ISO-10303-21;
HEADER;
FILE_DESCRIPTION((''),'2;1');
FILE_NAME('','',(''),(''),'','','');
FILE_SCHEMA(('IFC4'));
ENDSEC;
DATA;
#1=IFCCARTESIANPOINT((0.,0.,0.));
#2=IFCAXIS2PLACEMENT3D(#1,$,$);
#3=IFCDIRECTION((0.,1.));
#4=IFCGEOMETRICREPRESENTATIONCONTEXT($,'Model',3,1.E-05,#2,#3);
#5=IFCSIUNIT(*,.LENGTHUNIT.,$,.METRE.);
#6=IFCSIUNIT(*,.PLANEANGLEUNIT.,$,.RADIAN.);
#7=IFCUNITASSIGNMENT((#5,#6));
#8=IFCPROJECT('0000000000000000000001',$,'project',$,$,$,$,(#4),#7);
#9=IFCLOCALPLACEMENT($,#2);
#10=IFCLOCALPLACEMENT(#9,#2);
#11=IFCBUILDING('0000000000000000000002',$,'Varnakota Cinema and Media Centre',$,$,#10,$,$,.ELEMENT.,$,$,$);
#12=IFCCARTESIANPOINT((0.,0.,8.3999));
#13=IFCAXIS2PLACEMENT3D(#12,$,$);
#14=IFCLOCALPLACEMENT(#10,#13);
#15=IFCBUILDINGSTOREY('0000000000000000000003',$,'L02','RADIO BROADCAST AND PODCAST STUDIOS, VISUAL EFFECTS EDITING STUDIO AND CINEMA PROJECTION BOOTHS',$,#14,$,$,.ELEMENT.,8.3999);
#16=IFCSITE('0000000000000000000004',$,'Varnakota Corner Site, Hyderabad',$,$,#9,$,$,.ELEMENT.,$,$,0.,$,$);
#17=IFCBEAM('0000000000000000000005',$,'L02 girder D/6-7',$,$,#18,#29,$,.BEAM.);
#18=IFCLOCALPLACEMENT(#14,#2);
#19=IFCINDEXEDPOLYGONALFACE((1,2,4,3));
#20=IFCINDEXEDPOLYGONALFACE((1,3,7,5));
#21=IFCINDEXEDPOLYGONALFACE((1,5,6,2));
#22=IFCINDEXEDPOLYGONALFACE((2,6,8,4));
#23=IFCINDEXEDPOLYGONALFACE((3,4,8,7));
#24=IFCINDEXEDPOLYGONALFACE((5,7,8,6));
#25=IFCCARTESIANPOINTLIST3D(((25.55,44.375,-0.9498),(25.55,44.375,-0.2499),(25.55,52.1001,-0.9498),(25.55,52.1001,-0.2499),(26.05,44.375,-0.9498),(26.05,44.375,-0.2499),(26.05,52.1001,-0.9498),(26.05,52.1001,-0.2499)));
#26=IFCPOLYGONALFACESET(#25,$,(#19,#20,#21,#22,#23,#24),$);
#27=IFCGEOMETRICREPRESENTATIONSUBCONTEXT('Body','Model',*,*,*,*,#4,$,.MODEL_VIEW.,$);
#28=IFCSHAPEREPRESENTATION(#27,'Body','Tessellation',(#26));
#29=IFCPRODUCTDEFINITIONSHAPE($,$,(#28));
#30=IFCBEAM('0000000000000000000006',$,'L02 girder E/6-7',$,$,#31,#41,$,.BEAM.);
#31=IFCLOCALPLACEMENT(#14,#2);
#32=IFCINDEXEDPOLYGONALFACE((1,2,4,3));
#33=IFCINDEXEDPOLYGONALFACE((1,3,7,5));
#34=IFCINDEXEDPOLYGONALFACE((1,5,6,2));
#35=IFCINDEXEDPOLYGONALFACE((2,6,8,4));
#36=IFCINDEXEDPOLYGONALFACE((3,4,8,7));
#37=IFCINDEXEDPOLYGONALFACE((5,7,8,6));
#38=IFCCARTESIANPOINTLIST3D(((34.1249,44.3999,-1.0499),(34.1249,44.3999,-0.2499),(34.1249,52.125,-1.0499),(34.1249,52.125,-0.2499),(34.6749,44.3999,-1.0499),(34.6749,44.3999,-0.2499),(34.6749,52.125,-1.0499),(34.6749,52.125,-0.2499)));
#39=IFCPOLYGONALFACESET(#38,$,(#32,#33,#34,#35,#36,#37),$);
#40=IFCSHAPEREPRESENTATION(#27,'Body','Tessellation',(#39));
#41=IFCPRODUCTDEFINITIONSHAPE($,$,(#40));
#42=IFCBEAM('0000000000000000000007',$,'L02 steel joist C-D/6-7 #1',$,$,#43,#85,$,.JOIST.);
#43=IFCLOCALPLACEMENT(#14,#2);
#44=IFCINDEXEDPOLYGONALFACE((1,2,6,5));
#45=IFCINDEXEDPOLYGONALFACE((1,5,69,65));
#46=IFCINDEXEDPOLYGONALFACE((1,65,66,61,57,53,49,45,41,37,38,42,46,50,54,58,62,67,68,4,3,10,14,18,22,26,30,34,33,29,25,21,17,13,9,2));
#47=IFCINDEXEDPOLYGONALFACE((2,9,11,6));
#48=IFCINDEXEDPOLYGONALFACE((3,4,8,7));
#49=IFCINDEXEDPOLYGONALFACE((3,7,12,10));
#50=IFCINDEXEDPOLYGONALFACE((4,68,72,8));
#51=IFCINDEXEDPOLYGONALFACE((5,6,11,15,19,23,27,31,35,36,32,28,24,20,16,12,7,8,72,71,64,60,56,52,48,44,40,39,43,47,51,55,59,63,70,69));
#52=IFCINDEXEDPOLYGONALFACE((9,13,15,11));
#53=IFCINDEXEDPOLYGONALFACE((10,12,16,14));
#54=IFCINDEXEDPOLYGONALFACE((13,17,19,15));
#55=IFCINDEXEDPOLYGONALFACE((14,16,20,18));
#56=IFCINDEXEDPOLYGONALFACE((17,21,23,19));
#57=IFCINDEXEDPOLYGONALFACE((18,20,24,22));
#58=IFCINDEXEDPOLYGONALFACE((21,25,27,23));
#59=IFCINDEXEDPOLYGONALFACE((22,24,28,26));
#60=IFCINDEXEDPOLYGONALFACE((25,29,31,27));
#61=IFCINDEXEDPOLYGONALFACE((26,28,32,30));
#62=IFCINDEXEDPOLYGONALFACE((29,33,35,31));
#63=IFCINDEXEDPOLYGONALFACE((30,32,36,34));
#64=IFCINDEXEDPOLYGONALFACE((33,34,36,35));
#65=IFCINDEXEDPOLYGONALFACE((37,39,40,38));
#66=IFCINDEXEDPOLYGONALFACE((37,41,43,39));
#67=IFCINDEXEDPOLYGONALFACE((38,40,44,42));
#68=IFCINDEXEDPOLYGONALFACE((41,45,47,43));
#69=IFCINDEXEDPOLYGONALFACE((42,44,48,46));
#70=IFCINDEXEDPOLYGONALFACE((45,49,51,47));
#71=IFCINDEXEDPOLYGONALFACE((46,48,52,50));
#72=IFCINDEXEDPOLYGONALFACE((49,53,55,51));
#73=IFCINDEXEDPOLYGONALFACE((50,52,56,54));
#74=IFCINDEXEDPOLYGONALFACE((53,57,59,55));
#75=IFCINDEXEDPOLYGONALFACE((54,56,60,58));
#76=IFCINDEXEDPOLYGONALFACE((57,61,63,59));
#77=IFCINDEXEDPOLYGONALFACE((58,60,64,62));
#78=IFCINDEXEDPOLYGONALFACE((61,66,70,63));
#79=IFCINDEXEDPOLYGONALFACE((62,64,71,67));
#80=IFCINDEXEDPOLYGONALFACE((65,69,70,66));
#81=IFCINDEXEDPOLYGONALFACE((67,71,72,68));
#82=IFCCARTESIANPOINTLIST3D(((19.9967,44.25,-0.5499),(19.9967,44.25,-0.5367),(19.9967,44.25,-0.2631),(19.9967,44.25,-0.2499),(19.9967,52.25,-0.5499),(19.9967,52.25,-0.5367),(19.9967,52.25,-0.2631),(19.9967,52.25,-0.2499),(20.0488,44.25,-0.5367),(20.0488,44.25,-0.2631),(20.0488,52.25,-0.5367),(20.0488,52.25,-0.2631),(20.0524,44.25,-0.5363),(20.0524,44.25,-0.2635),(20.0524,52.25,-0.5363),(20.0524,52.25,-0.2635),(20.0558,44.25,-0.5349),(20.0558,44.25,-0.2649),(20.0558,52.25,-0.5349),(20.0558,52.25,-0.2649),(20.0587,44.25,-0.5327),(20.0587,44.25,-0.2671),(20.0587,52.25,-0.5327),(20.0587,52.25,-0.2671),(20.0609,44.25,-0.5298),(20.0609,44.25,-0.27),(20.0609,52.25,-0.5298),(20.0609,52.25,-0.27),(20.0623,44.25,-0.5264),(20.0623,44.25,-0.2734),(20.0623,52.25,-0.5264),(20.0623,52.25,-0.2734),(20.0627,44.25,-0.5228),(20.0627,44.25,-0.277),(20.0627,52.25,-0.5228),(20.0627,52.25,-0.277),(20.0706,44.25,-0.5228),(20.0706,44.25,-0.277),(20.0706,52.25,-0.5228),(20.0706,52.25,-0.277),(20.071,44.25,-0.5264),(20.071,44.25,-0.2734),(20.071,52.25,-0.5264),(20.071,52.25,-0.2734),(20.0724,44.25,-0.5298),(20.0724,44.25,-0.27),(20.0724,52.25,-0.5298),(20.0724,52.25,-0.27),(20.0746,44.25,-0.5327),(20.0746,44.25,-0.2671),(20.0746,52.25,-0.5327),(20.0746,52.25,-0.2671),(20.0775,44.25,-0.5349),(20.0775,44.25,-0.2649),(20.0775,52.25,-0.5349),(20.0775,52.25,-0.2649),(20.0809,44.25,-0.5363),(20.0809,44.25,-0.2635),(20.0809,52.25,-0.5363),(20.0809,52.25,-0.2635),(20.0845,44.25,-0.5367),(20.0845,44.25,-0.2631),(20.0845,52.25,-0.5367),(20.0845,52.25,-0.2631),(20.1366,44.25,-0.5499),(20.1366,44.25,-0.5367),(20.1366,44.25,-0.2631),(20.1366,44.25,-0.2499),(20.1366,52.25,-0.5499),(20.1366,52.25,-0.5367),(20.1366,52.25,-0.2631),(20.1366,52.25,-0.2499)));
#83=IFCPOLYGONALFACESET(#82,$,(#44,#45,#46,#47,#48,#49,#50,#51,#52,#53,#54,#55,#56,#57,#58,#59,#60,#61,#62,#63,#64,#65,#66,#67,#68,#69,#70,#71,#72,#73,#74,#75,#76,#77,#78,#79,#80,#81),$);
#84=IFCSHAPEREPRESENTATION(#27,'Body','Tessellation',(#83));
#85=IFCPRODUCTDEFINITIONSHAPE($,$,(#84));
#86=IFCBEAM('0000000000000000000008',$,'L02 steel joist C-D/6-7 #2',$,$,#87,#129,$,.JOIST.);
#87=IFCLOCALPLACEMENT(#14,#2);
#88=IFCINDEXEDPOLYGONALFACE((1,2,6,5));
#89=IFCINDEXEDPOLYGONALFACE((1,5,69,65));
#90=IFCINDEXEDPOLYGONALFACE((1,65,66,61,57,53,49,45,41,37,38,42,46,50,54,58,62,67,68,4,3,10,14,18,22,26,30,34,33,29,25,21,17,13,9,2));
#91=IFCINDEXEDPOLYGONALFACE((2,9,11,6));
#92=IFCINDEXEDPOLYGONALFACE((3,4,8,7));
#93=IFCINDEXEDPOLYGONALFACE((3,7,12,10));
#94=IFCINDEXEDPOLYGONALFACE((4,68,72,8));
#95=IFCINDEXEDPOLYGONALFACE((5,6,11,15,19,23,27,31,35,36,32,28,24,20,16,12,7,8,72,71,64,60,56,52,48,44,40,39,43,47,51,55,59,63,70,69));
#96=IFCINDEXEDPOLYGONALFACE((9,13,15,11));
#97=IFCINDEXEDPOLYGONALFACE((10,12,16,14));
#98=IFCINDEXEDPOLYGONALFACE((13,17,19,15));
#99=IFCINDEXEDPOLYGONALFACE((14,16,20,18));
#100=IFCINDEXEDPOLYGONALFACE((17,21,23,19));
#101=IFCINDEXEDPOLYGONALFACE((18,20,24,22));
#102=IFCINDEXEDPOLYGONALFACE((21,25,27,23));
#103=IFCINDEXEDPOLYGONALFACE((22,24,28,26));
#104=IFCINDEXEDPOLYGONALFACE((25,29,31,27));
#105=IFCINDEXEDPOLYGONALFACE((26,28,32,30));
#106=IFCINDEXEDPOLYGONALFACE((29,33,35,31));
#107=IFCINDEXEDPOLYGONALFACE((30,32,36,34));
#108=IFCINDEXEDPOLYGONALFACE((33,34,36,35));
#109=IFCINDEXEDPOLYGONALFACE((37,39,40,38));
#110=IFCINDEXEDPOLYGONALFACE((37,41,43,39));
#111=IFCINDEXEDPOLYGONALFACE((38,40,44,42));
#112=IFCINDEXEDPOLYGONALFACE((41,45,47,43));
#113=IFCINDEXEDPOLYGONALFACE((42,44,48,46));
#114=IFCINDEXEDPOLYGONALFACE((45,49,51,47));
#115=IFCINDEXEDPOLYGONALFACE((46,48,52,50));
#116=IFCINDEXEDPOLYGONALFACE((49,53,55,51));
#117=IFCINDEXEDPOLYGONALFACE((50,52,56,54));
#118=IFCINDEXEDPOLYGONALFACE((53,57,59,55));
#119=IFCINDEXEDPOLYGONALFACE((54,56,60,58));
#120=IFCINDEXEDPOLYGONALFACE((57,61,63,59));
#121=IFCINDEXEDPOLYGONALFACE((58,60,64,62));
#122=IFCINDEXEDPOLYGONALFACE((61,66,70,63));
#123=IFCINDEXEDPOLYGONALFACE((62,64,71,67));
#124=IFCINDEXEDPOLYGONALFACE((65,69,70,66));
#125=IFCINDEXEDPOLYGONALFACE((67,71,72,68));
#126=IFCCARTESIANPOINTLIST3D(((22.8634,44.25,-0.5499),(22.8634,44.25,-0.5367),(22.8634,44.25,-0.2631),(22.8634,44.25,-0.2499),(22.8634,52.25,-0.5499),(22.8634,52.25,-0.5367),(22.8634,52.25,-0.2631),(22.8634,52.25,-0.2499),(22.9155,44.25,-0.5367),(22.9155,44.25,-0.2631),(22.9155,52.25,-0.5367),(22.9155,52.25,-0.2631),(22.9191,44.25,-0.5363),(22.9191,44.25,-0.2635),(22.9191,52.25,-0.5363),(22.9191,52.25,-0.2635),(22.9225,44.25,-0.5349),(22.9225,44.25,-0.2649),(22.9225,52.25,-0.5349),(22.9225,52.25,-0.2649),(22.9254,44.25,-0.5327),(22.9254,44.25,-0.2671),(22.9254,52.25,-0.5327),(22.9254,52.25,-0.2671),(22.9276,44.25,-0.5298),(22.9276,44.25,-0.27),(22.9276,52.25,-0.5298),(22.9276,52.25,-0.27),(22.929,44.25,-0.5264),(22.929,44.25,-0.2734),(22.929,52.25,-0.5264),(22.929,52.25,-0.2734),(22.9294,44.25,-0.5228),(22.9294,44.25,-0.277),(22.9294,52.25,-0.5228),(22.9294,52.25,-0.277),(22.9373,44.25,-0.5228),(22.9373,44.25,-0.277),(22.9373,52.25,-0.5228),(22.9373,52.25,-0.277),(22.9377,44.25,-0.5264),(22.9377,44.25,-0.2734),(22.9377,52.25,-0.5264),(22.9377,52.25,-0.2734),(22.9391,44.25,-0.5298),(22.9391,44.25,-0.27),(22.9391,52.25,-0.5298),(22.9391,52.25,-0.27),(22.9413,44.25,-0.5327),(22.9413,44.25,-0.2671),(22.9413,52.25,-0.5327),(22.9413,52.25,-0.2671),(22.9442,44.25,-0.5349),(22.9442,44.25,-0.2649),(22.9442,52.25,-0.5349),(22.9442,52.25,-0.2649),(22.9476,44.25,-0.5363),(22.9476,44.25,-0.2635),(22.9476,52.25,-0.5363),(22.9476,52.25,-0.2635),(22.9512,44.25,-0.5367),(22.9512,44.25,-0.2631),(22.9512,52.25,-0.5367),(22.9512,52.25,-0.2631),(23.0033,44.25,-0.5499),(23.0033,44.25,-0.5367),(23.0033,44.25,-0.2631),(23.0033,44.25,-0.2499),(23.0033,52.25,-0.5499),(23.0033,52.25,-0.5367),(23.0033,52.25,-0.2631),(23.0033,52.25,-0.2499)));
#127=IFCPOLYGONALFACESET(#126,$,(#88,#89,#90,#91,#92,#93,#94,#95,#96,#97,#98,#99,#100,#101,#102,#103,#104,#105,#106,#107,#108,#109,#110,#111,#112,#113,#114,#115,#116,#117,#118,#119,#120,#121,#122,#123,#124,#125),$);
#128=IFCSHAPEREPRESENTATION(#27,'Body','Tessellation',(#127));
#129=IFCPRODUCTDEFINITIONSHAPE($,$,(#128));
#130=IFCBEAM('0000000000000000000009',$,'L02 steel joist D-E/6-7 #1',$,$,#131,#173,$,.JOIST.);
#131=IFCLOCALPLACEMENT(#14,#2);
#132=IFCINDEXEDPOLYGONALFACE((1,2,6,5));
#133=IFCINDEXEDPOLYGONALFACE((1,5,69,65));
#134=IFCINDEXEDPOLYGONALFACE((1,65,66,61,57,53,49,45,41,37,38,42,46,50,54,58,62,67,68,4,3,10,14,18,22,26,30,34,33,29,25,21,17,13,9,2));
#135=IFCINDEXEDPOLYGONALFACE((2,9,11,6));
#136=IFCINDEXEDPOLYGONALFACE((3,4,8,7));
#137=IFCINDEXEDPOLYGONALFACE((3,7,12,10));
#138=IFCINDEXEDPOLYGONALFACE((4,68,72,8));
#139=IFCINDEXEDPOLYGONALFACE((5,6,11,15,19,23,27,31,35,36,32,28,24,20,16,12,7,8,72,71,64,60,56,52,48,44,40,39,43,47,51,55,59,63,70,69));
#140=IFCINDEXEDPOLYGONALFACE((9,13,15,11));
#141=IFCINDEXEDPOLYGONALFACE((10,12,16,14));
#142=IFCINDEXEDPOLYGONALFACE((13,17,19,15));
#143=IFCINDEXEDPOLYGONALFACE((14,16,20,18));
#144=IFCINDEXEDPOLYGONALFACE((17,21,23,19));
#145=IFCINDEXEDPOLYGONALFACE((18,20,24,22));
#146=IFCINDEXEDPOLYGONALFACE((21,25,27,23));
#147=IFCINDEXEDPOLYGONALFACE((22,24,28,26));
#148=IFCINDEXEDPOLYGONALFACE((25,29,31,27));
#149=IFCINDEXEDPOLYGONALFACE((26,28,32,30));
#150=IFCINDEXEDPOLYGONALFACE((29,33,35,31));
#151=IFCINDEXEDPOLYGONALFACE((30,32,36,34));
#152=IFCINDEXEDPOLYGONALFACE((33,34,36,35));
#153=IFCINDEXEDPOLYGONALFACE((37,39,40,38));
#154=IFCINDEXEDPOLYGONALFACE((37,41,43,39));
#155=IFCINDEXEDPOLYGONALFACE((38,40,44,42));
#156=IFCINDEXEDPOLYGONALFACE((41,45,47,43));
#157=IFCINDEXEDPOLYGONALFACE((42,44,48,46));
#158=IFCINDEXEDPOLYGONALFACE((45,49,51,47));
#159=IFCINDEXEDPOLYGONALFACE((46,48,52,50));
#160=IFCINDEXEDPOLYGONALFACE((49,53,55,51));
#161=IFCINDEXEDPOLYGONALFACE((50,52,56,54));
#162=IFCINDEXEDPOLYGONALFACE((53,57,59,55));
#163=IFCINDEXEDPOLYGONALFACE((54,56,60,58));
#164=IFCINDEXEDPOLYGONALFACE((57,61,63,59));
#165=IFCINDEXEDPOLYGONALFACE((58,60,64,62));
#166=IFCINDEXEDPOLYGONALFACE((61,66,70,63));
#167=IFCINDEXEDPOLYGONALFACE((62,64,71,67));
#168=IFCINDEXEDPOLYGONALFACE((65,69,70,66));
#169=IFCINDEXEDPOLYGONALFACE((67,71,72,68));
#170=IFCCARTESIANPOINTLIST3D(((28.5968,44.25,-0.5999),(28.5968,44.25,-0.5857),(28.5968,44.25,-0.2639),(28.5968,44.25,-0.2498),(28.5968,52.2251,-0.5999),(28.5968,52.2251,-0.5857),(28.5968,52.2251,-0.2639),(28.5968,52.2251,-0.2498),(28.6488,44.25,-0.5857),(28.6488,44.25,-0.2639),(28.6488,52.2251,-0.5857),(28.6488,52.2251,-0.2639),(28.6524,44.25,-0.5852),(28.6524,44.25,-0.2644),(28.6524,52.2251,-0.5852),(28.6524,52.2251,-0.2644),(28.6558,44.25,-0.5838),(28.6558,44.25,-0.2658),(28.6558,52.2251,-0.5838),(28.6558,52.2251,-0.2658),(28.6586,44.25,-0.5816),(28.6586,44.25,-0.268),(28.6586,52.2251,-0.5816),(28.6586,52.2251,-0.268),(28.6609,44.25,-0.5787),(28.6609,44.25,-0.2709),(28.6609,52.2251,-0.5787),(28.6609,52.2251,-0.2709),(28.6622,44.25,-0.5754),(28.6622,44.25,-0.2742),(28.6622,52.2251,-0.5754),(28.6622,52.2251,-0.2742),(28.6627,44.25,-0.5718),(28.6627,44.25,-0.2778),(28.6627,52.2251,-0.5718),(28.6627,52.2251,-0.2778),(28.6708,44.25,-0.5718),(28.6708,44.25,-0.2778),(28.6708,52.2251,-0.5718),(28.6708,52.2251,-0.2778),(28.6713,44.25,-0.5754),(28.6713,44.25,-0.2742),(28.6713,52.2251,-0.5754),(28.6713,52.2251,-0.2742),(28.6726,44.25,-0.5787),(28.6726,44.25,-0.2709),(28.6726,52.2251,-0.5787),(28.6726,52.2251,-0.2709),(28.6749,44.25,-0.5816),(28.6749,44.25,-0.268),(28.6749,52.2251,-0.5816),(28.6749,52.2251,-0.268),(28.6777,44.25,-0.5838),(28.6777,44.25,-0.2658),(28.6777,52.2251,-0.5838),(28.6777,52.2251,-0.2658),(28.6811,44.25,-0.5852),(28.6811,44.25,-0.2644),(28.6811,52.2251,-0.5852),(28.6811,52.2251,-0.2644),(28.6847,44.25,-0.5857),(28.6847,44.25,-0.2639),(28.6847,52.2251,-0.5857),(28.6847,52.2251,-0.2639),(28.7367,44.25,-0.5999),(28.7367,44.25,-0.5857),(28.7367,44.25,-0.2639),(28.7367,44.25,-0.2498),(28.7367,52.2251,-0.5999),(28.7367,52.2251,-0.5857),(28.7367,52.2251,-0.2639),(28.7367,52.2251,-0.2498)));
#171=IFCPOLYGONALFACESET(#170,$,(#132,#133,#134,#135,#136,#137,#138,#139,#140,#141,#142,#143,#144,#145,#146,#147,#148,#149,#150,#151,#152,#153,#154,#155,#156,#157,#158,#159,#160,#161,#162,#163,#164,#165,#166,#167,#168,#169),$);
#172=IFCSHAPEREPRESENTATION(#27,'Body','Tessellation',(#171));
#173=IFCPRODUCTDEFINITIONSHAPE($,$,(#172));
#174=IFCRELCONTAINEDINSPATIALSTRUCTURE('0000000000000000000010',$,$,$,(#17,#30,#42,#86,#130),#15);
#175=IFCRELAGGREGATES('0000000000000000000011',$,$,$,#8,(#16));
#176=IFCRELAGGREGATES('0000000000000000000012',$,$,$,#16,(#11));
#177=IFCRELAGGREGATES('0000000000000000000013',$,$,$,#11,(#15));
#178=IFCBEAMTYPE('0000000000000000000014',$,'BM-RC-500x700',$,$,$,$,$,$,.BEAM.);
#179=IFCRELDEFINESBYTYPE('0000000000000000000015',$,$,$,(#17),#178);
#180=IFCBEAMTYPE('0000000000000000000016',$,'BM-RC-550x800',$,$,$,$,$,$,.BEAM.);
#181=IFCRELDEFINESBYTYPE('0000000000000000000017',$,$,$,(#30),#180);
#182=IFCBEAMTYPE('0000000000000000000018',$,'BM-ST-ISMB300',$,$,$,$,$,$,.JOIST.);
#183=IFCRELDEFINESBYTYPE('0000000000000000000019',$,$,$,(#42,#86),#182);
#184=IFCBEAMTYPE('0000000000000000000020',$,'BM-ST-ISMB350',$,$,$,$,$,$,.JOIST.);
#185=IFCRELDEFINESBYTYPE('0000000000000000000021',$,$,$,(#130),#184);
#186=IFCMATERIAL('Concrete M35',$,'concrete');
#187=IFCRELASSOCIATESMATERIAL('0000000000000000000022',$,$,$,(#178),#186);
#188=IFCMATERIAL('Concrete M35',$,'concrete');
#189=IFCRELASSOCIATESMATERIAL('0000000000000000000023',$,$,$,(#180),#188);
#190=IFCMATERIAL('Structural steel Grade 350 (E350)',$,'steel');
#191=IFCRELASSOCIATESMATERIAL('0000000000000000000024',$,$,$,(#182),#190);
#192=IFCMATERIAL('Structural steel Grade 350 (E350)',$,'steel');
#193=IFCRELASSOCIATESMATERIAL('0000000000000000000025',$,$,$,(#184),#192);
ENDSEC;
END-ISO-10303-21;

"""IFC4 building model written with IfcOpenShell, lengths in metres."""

from ifc_helpers import new_model, si_unit, direction, frame, origin, origin_2d, place, context, subcontext, project, spatial, rectangle, i_section, extrude, material, material_profile, profile_set, type_object, element, save


model = new_model("IFC4")

# Units and contexts
model_context = context("Model", 3, precision=1e-05, world=origin(), true_north=direction((0.0, 1.0)))
body_context = subcontext(model_context, "Body", "Model", "MODEL_VIEW")
ifc_project = project(units=[si_unit("LENGTHUNIT", "METRE"), si_unit("PLANEANGLEUNIT", "RADIAN")], contexts=[model_context])

# Site, building, storey
site_placement = place(None, origin())
site = spatial("IfcSite", under=ifc_project, at=site_placement, Name="Varnakota Corner Site, Hyderabad", CompositionType="ELEMENT", RefElevation=0.0)
building_placement = place(site_placement, origin())
building = spatial("IfcBuilding", under=site, at=building_placement, Name="Varnakota Cinema and Media Centre", CompositionType="ELEMENT")
storey_placement = place(building_placement, frame((0.0, 0.0, 8.3999)))
storey = spatial("IfcBuildingStorey", under=building, at=storey_placement, Name="L02", Description="RADIO BROADCAST AND PODCAST STUDIOS, VISUAL EFFECTS EDITING STUDIO AND CINEMA PROJECTION BOOTHS", CompositionType="ELEMENT", Elevation=8.3999)

# Beams
ifc_material_1 = material(Name="Concrete M35", Category="concrete")
ifc_material_profile_1 = material_profile(ifc_material_1, rectangle(XDim=0.5, YDim=0.7, at=origin_2d()), Name="RCB 500x700")
ifc_profile_set_1 = profile_set([ifc_material_profile_1], Name="Concrete M35")
beam_type_1 = type_object("IfcBeamType", Name="BM-RC-500x700", PredefinedType="BEAM", material=ifc_profile_set_1)
beam_1_placement = place(storey_placement, frame((25.8, 44.375, -0.5999), z_axis=(0.0, 1.0, 0.0), x_axis=(-1.0, 0.0, 0.0)))
element("IfcBeam", 1, at=beam_1_placement, inside=storey, type_object=beam_type_1, Name="L02 girder D/6-7", PredefinedType="BEAM", context=body_context, shape_type="SweptSolid", body=[
    extrude(rectangle(XDim=0.5, YDim=0.7, at=origin_2d()), origin(), (0.0, 0.0, 1.0), 7.7251),
])
ifc_material_2 = material(Name="Concrete M35", Category="concrete")
ifc_material_profile_2 = material_profile(ifc_material_2, rectangle(XDim=0.55, YDim=0.8, at=origin_2d()), Name="RCB 550x800")
ifc_profile_set_2 = profile_set([ifc_material_profile_2], Name="Concrete M35")
beam_type_2 = type_object("IfcBeamType", Name="BM-RC-550x800", PredefinedType="BEAM", material=ifc_profile_set_2)
beam_2_placement = place(storey_placement, frame((34.3999, 44.3999, -0.6499), z_axis=(0.0, 1.0, 0.0), x_axis=(-1.0, 0.0, 0.0)))
element("IfcBeam", 2, at=beam_2_placement, inside=storey, type_object=beam_type_2, Name="L02 girder E/6-7", PredefinedType="BEAM", context=body_context, shape_type="SweptSolid", body=[
    extrude(rectangle(XDim=0.55, YDim=0.8, at=origin_2d()), origin(), (0.0, 0.0, 1.0), 7.7251),
])
ifc_material_3 = material(Name="Structural steel Grade 350 (E350)", Category="steel")
ifc_material_profile_3 = material_profile(ifc_material_3, i_section(OverallWidth=0.1399, OverallDepth=0.3, WebThickness=0.0078, FlangeThickness=0.0132, FilletRadius=0.0139, at=origin_2d()), Name="ISMB 300")
ifc_profile_set_3 = profile_set([ifc_material_profile_3], Name="Structural steel Grade 350 (E350)")
beam_type_3 = type_object("IfcBeamType", Name="BM-ST-ISMB300", PredefinedType="JOIST", material=ifc_profile_set_3)
for number, where, z_axis, x_axis, name in (
    (3, (20.0667, 44.25, -0.3999), (0.0, 1.0, 0.0), (-1.0, 0.0, 0.0), "L02 steel joist C-D/6-7 #1"),
    (4, (22.9333, 44.25, -0.3999), (0.0, 1.0, 0.0), (-1.0, 0.0, 0.0), "L02 steel joist C-D/6-7 #2"),
):
    element("IfcBeam", number, at=place(storey_placement, frame(where, z_axis=z_axis, x_axis=x_axis)), inside=storey, type_object=beam_type_3, Name=name, PredefinedType="JOIST", context=body_context, shape_type="SweptSolid", body=[
        extrude(i_section(OverallWidth=0.1399, OverallDepth=0.3, WebThickness=0.0078, FlangeThickness=0.0132, FilletRadius=0.0139, at=origin_2d()), origin(), (0.0, 0.0, 1.0), 8.0),
    ])
ifc_material_4 = material(Name="Structural steel Grade 350 (E350)", Category="steel")
ifc_material_profile_4 = material_profile(ifc_material_4, i_section(OverallWidth=0.1399, OverallDepth=0.3501, WebThickness=0.0081, FlangeThickness=0.0142, FilletRadius=0.0139, at=origin_2d()), Name="ISMB 350")
ifc_profile_set_4 = profile_set([ifc_material_profile_4], Name="Structural steel Grade 350 (E350)")
beam_type_4 = type_object("IfcBeamType", Name="BM-ST-ISMB350", PredefinedType="JOIST", material=ifc_profile_set_4)
for number, where, z_axis, x_axis, name in (
    (5, (28.6667, 44.25, -0.4248), (0.0, 1.0, 0.0), (-1.0, 0.0, 0.0), "L02 steel joist D-E/6-7 #1"),
):
    element("IfcBeam", number, at=place(storey_placement, frame(where, z_axis=z_axis, x_axis=x_axis)), inside=storey, type_object=beam_type_4, Name=name, PredefinedType="JOIST", context=body_context, shape_type="SweptSolid", body=[
        extrude(i_section(OverallWidth=0.1399, OverallDepth=0.3501, WebThickness=0.0081, FlangeThickness=0.0142, FilletRadius=0.0139, at=origin_2d()), origin(), (0.0, 0.0, 1.0), 7.9751),
    ])

save(model, "model.ifc")
